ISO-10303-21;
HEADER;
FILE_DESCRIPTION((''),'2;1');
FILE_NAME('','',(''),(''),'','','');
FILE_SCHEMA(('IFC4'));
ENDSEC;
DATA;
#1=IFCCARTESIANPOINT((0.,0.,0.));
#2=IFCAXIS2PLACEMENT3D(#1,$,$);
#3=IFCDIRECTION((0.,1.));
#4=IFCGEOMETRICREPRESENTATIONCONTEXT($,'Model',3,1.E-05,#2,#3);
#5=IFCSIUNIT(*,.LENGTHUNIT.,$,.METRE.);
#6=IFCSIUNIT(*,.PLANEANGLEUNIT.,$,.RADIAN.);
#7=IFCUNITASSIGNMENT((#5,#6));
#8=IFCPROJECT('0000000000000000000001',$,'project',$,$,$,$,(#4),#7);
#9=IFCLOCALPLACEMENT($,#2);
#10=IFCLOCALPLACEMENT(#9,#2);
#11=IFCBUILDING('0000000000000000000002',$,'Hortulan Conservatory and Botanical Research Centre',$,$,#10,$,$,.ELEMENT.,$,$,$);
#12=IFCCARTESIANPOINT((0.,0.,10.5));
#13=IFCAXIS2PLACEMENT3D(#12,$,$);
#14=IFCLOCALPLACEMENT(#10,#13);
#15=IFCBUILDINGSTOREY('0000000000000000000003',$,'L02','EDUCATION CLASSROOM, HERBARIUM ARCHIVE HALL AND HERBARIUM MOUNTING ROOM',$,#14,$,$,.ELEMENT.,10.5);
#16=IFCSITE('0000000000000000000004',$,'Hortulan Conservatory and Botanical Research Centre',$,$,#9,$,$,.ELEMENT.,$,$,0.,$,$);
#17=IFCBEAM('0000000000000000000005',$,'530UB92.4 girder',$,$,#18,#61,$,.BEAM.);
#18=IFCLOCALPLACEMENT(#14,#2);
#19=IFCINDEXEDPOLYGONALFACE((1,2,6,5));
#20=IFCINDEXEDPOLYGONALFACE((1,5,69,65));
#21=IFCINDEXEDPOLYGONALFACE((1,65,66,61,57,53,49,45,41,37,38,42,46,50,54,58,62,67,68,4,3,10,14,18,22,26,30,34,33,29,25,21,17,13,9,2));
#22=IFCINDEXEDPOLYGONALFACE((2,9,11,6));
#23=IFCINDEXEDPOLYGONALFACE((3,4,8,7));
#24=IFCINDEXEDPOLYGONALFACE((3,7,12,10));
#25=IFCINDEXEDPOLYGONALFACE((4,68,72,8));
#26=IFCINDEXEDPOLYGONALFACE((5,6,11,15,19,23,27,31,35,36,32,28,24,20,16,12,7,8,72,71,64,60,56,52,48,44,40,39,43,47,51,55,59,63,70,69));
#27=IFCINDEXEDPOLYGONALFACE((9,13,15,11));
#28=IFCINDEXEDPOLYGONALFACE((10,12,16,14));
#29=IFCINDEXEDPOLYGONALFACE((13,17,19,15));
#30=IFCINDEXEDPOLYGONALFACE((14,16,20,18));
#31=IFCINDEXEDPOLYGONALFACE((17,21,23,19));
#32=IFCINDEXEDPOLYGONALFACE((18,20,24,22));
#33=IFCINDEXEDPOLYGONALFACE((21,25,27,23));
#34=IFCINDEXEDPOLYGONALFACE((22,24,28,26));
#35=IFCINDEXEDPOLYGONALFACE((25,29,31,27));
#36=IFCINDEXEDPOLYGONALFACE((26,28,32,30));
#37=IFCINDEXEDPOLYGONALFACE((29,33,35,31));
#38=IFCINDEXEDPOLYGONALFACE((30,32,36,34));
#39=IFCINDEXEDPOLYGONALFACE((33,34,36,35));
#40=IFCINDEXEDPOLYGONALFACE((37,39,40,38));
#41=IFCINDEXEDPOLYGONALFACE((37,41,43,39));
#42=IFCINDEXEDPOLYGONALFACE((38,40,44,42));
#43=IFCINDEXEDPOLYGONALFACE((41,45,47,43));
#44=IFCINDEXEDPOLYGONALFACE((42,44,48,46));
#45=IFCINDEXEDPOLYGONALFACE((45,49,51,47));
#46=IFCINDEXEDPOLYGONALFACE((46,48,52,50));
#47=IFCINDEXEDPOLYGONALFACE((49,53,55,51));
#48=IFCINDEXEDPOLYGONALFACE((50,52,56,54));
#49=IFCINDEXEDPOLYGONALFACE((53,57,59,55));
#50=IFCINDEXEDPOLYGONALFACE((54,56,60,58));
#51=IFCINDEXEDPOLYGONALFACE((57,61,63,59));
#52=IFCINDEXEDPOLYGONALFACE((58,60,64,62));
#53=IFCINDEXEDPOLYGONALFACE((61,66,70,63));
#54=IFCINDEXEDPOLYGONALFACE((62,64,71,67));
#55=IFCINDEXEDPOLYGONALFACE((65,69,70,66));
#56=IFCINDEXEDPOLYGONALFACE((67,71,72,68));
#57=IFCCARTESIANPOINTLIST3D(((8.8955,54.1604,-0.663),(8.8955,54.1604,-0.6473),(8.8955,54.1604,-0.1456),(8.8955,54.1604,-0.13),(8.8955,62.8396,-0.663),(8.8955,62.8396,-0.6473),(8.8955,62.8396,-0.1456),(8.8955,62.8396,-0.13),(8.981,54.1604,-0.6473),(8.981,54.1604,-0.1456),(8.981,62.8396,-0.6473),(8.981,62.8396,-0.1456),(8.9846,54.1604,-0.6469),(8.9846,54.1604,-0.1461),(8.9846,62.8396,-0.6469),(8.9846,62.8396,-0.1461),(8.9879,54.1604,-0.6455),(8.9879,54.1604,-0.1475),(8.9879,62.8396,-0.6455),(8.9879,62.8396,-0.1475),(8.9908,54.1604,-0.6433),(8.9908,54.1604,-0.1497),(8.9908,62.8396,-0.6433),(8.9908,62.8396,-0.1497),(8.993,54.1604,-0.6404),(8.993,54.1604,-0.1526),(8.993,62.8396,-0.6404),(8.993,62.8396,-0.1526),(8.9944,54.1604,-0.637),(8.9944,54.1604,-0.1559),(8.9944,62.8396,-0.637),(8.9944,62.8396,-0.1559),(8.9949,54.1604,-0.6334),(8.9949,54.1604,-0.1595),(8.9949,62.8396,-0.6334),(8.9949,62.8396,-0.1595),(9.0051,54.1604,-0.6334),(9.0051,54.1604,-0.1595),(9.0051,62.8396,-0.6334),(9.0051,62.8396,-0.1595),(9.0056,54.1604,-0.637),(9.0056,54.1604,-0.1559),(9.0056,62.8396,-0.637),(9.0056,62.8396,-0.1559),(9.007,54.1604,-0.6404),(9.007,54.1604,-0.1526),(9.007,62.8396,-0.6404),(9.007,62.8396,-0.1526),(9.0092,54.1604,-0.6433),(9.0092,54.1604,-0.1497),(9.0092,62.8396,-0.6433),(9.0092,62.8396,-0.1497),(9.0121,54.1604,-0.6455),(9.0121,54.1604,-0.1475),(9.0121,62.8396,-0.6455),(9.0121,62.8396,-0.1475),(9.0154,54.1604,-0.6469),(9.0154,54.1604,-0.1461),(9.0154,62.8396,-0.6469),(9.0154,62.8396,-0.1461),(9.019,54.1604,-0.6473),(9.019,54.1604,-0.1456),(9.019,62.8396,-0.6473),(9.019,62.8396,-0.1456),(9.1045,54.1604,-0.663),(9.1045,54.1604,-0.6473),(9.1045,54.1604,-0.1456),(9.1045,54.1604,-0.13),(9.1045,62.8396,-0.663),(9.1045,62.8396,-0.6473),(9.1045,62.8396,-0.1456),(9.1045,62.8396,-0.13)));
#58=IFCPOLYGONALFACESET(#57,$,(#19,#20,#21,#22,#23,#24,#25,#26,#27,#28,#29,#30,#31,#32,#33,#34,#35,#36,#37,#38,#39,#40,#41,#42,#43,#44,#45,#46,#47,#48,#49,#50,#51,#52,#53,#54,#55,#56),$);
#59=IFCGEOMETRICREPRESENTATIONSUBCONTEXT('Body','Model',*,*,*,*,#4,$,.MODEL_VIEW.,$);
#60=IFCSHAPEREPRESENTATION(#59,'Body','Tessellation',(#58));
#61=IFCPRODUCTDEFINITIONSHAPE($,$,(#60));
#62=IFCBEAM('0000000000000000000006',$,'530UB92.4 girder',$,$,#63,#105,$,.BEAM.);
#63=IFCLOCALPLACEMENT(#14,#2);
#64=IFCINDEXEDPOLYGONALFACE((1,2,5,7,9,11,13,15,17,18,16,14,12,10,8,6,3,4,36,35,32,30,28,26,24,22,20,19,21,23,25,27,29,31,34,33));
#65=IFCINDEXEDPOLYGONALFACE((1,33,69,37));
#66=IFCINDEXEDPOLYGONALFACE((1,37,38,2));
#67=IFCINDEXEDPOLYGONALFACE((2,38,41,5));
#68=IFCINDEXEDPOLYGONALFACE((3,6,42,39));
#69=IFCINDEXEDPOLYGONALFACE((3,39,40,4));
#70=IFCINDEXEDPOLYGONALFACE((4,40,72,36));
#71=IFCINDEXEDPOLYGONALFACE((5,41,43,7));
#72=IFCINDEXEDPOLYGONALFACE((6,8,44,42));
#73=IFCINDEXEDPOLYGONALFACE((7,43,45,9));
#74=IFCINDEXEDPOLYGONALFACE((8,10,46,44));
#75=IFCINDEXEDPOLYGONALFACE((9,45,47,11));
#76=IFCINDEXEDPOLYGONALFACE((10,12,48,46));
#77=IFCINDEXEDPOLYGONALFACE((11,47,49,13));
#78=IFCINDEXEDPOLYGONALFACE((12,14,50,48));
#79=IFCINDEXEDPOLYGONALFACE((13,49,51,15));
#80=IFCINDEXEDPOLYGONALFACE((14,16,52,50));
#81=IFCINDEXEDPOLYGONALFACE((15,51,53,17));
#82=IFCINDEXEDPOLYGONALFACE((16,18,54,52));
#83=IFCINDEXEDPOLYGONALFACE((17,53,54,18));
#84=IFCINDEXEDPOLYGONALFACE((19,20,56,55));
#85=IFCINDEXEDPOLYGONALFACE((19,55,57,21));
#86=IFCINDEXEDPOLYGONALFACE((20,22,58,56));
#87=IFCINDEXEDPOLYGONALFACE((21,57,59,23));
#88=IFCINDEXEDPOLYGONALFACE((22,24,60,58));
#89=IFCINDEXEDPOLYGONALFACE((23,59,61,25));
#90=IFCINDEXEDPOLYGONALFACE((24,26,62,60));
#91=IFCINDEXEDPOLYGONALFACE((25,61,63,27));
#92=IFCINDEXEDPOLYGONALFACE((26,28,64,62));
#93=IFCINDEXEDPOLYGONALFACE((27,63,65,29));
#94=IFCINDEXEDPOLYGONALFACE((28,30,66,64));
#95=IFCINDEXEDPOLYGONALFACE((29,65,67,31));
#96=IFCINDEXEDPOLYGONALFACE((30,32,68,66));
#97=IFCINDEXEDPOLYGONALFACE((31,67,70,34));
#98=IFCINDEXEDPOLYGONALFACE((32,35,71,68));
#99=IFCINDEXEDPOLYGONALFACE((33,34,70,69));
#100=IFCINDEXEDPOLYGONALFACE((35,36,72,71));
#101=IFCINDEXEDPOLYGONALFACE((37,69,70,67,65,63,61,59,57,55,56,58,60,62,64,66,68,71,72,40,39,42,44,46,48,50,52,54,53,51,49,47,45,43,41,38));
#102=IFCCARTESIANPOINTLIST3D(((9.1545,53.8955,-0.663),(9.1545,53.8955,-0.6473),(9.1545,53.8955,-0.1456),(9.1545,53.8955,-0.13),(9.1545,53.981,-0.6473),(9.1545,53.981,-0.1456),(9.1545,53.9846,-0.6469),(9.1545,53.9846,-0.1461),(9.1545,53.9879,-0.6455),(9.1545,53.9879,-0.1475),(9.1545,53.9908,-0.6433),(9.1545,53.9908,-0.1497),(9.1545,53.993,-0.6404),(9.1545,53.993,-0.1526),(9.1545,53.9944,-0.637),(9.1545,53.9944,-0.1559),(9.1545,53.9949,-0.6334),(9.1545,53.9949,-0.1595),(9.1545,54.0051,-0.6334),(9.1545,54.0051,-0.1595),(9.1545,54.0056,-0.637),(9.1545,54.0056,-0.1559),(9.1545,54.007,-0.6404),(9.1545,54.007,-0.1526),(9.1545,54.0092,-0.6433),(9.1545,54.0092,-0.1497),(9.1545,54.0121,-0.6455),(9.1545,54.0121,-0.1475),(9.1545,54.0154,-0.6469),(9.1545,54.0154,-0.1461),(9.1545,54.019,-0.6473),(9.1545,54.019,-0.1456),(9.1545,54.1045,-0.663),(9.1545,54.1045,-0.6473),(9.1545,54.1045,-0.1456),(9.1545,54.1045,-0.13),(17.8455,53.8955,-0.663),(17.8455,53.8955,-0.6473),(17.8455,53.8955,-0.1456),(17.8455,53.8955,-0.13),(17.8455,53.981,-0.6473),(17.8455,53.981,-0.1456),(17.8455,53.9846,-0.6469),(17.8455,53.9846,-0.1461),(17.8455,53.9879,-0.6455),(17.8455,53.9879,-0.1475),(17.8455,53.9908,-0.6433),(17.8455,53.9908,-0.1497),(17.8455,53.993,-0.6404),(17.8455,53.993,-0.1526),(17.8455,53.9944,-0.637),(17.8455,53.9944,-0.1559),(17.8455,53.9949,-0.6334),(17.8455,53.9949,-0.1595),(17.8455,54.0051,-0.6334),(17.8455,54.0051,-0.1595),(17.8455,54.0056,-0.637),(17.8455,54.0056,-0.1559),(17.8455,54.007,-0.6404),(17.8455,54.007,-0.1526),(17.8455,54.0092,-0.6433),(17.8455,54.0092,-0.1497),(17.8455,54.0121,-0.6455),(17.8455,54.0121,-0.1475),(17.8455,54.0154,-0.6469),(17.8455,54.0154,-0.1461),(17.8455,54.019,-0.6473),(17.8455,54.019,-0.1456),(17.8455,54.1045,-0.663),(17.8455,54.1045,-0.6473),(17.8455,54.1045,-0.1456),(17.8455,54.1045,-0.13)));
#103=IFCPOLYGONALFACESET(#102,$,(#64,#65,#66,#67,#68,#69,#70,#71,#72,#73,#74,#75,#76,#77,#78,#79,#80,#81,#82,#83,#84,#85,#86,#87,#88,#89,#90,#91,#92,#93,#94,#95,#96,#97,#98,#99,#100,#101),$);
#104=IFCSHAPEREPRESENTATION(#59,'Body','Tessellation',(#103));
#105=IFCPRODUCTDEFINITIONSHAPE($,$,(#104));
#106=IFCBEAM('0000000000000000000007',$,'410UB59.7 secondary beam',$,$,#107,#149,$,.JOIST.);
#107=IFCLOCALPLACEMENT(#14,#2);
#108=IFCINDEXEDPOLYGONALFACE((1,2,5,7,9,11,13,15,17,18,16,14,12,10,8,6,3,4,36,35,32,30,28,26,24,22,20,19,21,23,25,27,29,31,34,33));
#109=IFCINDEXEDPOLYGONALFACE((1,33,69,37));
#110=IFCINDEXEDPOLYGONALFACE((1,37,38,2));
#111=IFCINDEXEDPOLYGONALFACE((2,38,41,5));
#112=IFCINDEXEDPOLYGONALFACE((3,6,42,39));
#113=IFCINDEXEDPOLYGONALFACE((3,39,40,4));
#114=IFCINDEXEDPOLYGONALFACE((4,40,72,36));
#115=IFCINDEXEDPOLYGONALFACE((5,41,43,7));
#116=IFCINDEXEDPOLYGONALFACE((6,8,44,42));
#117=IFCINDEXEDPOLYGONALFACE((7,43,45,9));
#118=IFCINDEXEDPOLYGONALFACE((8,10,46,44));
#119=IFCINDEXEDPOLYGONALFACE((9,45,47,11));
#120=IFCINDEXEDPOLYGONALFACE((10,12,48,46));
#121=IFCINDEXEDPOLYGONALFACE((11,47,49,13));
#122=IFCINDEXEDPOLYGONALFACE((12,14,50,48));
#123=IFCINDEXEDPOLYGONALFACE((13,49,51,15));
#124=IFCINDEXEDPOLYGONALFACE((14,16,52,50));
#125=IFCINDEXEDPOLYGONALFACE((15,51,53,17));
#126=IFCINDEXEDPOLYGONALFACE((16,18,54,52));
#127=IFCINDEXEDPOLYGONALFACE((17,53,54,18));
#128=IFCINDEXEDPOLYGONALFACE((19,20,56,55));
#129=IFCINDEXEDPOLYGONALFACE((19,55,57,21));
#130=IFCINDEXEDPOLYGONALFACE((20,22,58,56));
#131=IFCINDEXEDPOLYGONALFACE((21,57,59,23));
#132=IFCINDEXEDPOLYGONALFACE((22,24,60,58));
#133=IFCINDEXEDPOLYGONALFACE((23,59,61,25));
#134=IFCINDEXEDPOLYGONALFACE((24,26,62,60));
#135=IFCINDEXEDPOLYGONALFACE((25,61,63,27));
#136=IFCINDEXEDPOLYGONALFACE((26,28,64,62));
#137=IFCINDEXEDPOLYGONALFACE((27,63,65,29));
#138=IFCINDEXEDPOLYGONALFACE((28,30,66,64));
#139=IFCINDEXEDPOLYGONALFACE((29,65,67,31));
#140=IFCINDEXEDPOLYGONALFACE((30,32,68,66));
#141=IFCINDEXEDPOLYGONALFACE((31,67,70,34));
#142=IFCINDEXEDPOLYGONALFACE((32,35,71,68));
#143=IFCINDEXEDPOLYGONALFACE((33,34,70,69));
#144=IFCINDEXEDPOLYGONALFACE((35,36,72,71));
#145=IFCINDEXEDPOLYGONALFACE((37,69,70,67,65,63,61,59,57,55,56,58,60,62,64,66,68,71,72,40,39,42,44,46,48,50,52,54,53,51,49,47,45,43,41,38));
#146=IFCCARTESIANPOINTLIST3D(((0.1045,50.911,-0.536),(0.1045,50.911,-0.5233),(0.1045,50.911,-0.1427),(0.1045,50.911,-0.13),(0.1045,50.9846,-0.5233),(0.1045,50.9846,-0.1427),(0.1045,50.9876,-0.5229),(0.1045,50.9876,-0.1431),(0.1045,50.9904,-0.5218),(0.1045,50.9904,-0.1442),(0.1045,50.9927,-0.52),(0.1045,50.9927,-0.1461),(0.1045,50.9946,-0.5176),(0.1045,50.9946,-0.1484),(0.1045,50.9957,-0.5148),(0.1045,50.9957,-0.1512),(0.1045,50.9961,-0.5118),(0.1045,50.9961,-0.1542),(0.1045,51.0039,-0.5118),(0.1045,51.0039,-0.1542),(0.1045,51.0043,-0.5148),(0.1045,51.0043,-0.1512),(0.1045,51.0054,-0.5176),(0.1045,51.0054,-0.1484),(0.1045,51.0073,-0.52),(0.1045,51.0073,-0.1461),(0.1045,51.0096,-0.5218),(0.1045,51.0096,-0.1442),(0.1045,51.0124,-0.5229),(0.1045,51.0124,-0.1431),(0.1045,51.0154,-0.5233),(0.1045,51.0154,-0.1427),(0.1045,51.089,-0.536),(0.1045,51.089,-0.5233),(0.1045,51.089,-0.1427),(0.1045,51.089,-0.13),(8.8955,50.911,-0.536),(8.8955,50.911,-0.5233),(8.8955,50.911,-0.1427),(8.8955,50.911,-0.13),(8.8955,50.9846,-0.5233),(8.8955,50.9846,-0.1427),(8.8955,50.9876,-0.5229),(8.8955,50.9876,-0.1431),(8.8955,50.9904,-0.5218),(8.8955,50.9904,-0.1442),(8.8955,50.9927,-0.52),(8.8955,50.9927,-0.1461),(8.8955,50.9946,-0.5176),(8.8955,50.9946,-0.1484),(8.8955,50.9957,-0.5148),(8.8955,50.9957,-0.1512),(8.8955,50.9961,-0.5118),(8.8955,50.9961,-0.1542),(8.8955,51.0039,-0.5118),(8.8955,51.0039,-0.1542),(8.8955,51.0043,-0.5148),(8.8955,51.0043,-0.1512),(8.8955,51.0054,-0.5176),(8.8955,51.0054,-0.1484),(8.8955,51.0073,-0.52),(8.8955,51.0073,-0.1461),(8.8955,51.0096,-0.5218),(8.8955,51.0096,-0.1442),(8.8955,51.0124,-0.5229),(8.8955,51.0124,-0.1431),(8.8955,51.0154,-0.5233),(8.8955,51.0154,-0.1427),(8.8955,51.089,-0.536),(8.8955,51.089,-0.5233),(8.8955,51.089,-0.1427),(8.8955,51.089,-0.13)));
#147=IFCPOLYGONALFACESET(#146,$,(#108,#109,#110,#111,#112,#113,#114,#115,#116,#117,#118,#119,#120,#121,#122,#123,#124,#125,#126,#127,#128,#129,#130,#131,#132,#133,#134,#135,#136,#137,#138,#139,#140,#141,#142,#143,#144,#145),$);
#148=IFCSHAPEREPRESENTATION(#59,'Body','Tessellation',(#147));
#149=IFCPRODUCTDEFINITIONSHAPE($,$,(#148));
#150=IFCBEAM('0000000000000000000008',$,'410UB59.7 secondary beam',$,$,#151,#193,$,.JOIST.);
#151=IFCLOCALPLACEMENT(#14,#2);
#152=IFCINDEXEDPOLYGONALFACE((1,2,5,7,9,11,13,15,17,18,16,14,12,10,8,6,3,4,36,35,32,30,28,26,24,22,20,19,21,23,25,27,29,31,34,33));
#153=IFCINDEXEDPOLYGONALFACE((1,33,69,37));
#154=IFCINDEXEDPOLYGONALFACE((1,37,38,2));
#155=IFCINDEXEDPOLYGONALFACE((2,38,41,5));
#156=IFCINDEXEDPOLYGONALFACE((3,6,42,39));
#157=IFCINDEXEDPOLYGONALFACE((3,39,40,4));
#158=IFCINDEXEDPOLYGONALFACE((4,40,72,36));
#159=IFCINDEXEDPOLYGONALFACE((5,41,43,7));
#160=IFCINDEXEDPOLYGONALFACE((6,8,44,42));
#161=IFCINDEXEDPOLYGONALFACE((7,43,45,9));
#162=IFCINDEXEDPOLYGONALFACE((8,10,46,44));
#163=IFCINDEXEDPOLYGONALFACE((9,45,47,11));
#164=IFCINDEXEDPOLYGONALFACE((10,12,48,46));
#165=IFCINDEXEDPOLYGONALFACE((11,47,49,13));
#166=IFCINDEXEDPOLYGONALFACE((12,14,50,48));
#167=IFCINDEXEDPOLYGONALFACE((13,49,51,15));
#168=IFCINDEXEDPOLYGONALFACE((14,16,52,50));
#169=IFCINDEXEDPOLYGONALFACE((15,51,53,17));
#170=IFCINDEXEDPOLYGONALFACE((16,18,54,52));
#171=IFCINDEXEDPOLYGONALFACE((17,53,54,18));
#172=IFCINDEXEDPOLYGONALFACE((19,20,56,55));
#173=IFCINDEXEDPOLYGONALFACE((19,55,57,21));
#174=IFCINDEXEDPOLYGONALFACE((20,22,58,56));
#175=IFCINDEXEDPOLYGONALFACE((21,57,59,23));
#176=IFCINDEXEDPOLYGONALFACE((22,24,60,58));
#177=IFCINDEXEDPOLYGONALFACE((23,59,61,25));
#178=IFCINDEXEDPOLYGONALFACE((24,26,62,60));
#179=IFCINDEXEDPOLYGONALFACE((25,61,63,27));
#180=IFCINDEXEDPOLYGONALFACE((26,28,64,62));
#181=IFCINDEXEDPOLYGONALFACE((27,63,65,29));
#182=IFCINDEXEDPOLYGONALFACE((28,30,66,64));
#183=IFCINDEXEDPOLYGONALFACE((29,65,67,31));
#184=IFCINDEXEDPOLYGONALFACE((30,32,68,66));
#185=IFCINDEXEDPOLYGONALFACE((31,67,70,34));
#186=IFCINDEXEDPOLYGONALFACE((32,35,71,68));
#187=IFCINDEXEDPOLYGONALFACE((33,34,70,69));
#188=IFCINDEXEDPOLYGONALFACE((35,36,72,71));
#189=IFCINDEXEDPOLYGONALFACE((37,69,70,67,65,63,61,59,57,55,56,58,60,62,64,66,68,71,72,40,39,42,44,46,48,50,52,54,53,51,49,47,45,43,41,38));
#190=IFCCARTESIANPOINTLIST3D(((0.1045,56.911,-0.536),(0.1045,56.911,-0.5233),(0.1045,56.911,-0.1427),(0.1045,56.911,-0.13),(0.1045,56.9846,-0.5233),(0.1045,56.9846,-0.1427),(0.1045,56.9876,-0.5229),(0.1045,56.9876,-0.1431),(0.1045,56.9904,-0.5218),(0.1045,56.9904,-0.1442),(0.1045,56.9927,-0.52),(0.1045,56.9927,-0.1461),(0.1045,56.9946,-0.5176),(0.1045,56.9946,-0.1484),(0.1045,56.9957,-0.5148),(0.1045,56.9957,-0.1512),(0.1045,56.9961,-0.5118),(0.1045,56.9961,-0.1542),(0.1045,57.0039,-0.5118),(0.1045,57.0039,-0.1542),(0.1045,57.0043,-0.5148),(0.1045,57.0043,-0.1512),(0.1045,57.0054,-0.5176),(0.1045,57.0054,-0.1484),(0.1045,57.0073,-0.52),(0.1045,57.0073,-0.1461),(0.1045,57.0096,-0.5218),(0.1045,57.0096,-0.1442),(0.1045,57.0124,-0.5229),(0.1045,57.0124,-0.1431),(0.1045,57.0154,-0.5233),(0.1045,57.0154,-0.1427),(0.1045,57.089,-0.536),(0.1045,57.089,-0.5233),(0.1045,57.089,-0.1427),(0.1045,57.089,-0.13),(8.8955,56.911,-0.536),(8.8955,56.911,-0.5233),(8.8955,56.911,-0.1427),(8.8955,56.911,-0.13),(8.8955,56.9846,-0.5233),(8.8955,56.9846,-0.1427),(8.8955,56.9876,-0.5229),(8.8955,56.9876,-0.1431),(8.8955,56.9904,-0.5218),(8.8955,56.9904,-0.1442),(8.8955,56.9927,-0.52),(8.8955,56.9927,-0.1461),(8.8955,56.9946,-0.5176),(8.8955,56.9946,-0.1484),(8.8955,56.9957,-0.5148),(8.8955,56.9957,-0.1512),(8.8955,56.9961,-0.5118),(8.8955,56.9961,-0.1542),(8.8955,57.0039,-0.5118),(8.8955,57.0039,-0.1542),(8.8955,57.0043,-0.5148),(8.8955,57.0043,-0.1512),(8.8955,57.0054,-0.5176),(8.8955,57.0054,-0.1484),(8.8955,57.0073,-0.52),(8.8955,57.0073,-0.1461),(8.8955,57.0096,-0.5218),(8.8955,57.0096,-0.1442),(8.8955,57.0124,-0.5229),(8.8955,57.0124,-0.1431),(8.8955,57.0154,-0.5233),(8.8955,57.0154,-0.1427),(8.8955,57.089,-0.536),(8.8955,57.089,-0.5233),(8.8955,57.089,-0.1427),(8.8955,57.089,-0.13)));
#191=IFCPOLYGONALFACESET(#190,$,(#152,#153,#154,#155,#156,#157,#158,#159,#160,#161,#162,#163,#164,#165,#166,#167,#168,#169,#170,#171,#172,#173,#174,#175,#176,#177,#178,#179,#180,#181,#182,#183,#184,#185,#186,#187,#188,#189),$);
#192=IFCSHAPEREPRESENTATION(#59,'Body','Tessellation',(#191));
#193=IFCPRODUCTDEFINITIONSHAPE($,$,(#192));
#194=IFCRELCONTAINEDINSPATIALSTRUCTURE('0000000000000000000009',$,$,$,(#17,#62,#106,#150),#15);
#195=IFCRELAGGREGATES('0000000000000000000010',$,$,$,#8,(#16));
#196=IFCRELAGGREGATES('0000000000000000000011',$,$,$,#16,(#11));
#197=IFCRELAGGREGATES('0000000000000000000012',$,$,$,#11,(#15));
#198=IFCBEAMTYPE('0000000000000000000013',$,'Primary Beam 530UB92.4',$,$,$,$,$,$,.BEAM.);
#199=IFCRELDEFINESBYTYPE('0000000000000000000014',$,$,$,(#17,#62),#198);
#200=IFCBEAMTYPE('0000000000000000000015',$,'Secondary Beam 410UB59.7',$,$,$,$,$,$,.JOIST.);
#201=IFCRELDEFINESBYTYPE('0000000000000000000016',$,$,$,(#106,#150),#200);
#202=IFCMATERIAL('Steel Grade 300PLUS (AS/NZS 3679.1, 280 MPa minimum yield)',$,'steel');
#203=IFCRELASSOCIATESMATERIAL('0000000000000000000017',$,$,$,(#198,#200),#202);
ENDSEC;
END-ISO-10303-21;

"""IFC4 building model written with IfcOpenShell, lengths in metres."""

from ifc_helpers import new_model, si_unit, direction, frame, origin, origin_2d, place, context, subcontext, project, spatial, i_section, extrude, material, material_profile, profile_set, type_object, element, save


model = new_model("IFC4")

# Units and contexts
model_context = context("Model", 3, precision=1e-05, world=origin(), true_north=direction((0.0, 1.0)))
body_context = subcontext(model_context, "Body", "Model", "MODEL_VIEW")
ifc_project = project(units=[si_unit("LENGTHUNIT", "METRE"), si_unit("PLANEANGLEUNIT", "RADIAN")], contexts=[model_context])

# Site, building, storey
site_placement = place(None, origin())
site = spatial("IfcSite", under=ifc_project, at=site_placement, Name="Hortulan Conservatory and Botanical Research Centre", CompositionType="ELEMENT", RefElevation=0.0)
building_placement = place(site_placement, origin())
building = spatial("IfcBuilding", under=site, at=building_placement, Name="Hortulan Conservatory and Botanical Research Centre", CompositionType="ELEMENT")
storey_placement = place(building_placement, frame((0.0, 0.0, 10.5)))
storey = spatial("IfcBuildingStorey", under=building, at=storey_placement, Name="L02", Description="EDUCATION CLASSROOM, HERBARIUM ARCHIVE HALL AND HERBARIUM MOUNTING ROOM", CompositionType="ELEMENT", Elevation=10.5)

# Shared definitions
ifc_material_1 = material(Name="Steel Grade 300PLUS (AS/NZS 3679.1, 280 MPa minimum yield)", Category="steel")

# Beams
ifc_material_profile_1 = material_profile(ifc_material_1, i_section(OverallWidth=0.209, OverallDepth=0.533, WebThickness=0.0103, FlangeThickness=0.0156, FilletRadius=0.0139, at=origin_2d()), Name="530UB92.4")
ifc_profile_set_1 = profile_set([ifc_material_profile_1], Name="Steel Grade 300PLUS (AS/NZS 3679.1, 280 MPa minimum yield)")
beam_type_1 = type_object("IfcBeamType", Name="Primary Beam 530UB92.4", PredefinedType="BEAM", material=ifc_profile_set_1)
beam_1_placement = place(storey_placement, frame((9.0, 54.1604, -0.3965), z_axis=(0.0, 1.0, 0.0), x_axis=(-1.0, 0.0, 0.0)))
element("IfcBeam", 1, at=beam_1_placement, inside=storey, type_object=beam_type_1, Name="530UB92.4 girder", PredefinedType="BEAM", context=body_context, shape_type="SweptSolid", body=[
    extrude(i_section(OverallWidth=0.209, OverallDepth=0.533, WebThickness=0.0103, FlangeThickness=0.0156, FilletRadius=0.0139, at=origin_2d()), origin(), (0.0, 0.0, 1.0), 8.6792),
])
beam_2_placement = place(storey_placement, frame((9.1545, 54.0, -0.3965), z_axis=(1.0, 0.0, 0.0), x_axis=(0.0, 1.0, 0.0)))
element("IfcBeam", 2, at=beam_2_placement, inside=storey, type_object=beam_type_1, Name="530UB92.4 girder", PredefinedType="BEAM", context=body_context, shape_type="SweptSolid", body=[
    extrude(i_section(OverallWidth=0.209, OverallDepth=0.533, WebThickness=0.0103, FlangeThickness=0.0156, FilletRadius=0.0139, at=origin_2d()), origin(), (0.0, 0.0, 1.0), 8.6909),
])
ifc_material_profile_2 = material_profile(ifc_material_1, i_section(OverallWidth=0.178, OverallDepth=0.406, WebThickness=0.0078, FlangeThickness=0.0127, FilletRadius=0.0115, at=origin_2d()), Name="410UB59.7")
ifc_profile_set_2 = profile_set([ifc_material_profile_2], Name="Steel Grade 300PLUS (AS/NZS 3679.1, 280 MPa minimum yield)")
beam_type_2 = type_object("IfcBeamType", Name="Secondary Beam 410UB59.7", PredefinedType="JOIST", material=ifc_profile_set_2)
for number, where, z_axis, x_axis, name in (
    (3, (0.1045, 51.0, -0.333), (1.0, 0.0, 0.0), (0.0, 1.0, 0.0), "410UB59.7 secondary beam"),
    (4, (0.1045, 57.0, -0.333), (1.0, 0.0, 0.0), (0.0, 1.0, 0.0), "410UB59.7 secondary beam"),
):
    element("IfcBeam", number, at=place(storey_placement, frame(where, z_axis=z_axis, x_axis=x_axis)), inside=storey, type_object=beam_type_2, Name=name, PredefinedType="JOIST", context=body_context, shape_type="SweptSolid", body=[
        extrude(i_section(OverallWidth=0.178, OverallDepth=0.406, WebThickness=0.0078, FlangeThickness=0.0127, FilletRadius=0.0115, at=origin_2d()), origin(), (0.0, 0.0, 1.0), 8.791),
    ])

save(model, "model.ifc")
